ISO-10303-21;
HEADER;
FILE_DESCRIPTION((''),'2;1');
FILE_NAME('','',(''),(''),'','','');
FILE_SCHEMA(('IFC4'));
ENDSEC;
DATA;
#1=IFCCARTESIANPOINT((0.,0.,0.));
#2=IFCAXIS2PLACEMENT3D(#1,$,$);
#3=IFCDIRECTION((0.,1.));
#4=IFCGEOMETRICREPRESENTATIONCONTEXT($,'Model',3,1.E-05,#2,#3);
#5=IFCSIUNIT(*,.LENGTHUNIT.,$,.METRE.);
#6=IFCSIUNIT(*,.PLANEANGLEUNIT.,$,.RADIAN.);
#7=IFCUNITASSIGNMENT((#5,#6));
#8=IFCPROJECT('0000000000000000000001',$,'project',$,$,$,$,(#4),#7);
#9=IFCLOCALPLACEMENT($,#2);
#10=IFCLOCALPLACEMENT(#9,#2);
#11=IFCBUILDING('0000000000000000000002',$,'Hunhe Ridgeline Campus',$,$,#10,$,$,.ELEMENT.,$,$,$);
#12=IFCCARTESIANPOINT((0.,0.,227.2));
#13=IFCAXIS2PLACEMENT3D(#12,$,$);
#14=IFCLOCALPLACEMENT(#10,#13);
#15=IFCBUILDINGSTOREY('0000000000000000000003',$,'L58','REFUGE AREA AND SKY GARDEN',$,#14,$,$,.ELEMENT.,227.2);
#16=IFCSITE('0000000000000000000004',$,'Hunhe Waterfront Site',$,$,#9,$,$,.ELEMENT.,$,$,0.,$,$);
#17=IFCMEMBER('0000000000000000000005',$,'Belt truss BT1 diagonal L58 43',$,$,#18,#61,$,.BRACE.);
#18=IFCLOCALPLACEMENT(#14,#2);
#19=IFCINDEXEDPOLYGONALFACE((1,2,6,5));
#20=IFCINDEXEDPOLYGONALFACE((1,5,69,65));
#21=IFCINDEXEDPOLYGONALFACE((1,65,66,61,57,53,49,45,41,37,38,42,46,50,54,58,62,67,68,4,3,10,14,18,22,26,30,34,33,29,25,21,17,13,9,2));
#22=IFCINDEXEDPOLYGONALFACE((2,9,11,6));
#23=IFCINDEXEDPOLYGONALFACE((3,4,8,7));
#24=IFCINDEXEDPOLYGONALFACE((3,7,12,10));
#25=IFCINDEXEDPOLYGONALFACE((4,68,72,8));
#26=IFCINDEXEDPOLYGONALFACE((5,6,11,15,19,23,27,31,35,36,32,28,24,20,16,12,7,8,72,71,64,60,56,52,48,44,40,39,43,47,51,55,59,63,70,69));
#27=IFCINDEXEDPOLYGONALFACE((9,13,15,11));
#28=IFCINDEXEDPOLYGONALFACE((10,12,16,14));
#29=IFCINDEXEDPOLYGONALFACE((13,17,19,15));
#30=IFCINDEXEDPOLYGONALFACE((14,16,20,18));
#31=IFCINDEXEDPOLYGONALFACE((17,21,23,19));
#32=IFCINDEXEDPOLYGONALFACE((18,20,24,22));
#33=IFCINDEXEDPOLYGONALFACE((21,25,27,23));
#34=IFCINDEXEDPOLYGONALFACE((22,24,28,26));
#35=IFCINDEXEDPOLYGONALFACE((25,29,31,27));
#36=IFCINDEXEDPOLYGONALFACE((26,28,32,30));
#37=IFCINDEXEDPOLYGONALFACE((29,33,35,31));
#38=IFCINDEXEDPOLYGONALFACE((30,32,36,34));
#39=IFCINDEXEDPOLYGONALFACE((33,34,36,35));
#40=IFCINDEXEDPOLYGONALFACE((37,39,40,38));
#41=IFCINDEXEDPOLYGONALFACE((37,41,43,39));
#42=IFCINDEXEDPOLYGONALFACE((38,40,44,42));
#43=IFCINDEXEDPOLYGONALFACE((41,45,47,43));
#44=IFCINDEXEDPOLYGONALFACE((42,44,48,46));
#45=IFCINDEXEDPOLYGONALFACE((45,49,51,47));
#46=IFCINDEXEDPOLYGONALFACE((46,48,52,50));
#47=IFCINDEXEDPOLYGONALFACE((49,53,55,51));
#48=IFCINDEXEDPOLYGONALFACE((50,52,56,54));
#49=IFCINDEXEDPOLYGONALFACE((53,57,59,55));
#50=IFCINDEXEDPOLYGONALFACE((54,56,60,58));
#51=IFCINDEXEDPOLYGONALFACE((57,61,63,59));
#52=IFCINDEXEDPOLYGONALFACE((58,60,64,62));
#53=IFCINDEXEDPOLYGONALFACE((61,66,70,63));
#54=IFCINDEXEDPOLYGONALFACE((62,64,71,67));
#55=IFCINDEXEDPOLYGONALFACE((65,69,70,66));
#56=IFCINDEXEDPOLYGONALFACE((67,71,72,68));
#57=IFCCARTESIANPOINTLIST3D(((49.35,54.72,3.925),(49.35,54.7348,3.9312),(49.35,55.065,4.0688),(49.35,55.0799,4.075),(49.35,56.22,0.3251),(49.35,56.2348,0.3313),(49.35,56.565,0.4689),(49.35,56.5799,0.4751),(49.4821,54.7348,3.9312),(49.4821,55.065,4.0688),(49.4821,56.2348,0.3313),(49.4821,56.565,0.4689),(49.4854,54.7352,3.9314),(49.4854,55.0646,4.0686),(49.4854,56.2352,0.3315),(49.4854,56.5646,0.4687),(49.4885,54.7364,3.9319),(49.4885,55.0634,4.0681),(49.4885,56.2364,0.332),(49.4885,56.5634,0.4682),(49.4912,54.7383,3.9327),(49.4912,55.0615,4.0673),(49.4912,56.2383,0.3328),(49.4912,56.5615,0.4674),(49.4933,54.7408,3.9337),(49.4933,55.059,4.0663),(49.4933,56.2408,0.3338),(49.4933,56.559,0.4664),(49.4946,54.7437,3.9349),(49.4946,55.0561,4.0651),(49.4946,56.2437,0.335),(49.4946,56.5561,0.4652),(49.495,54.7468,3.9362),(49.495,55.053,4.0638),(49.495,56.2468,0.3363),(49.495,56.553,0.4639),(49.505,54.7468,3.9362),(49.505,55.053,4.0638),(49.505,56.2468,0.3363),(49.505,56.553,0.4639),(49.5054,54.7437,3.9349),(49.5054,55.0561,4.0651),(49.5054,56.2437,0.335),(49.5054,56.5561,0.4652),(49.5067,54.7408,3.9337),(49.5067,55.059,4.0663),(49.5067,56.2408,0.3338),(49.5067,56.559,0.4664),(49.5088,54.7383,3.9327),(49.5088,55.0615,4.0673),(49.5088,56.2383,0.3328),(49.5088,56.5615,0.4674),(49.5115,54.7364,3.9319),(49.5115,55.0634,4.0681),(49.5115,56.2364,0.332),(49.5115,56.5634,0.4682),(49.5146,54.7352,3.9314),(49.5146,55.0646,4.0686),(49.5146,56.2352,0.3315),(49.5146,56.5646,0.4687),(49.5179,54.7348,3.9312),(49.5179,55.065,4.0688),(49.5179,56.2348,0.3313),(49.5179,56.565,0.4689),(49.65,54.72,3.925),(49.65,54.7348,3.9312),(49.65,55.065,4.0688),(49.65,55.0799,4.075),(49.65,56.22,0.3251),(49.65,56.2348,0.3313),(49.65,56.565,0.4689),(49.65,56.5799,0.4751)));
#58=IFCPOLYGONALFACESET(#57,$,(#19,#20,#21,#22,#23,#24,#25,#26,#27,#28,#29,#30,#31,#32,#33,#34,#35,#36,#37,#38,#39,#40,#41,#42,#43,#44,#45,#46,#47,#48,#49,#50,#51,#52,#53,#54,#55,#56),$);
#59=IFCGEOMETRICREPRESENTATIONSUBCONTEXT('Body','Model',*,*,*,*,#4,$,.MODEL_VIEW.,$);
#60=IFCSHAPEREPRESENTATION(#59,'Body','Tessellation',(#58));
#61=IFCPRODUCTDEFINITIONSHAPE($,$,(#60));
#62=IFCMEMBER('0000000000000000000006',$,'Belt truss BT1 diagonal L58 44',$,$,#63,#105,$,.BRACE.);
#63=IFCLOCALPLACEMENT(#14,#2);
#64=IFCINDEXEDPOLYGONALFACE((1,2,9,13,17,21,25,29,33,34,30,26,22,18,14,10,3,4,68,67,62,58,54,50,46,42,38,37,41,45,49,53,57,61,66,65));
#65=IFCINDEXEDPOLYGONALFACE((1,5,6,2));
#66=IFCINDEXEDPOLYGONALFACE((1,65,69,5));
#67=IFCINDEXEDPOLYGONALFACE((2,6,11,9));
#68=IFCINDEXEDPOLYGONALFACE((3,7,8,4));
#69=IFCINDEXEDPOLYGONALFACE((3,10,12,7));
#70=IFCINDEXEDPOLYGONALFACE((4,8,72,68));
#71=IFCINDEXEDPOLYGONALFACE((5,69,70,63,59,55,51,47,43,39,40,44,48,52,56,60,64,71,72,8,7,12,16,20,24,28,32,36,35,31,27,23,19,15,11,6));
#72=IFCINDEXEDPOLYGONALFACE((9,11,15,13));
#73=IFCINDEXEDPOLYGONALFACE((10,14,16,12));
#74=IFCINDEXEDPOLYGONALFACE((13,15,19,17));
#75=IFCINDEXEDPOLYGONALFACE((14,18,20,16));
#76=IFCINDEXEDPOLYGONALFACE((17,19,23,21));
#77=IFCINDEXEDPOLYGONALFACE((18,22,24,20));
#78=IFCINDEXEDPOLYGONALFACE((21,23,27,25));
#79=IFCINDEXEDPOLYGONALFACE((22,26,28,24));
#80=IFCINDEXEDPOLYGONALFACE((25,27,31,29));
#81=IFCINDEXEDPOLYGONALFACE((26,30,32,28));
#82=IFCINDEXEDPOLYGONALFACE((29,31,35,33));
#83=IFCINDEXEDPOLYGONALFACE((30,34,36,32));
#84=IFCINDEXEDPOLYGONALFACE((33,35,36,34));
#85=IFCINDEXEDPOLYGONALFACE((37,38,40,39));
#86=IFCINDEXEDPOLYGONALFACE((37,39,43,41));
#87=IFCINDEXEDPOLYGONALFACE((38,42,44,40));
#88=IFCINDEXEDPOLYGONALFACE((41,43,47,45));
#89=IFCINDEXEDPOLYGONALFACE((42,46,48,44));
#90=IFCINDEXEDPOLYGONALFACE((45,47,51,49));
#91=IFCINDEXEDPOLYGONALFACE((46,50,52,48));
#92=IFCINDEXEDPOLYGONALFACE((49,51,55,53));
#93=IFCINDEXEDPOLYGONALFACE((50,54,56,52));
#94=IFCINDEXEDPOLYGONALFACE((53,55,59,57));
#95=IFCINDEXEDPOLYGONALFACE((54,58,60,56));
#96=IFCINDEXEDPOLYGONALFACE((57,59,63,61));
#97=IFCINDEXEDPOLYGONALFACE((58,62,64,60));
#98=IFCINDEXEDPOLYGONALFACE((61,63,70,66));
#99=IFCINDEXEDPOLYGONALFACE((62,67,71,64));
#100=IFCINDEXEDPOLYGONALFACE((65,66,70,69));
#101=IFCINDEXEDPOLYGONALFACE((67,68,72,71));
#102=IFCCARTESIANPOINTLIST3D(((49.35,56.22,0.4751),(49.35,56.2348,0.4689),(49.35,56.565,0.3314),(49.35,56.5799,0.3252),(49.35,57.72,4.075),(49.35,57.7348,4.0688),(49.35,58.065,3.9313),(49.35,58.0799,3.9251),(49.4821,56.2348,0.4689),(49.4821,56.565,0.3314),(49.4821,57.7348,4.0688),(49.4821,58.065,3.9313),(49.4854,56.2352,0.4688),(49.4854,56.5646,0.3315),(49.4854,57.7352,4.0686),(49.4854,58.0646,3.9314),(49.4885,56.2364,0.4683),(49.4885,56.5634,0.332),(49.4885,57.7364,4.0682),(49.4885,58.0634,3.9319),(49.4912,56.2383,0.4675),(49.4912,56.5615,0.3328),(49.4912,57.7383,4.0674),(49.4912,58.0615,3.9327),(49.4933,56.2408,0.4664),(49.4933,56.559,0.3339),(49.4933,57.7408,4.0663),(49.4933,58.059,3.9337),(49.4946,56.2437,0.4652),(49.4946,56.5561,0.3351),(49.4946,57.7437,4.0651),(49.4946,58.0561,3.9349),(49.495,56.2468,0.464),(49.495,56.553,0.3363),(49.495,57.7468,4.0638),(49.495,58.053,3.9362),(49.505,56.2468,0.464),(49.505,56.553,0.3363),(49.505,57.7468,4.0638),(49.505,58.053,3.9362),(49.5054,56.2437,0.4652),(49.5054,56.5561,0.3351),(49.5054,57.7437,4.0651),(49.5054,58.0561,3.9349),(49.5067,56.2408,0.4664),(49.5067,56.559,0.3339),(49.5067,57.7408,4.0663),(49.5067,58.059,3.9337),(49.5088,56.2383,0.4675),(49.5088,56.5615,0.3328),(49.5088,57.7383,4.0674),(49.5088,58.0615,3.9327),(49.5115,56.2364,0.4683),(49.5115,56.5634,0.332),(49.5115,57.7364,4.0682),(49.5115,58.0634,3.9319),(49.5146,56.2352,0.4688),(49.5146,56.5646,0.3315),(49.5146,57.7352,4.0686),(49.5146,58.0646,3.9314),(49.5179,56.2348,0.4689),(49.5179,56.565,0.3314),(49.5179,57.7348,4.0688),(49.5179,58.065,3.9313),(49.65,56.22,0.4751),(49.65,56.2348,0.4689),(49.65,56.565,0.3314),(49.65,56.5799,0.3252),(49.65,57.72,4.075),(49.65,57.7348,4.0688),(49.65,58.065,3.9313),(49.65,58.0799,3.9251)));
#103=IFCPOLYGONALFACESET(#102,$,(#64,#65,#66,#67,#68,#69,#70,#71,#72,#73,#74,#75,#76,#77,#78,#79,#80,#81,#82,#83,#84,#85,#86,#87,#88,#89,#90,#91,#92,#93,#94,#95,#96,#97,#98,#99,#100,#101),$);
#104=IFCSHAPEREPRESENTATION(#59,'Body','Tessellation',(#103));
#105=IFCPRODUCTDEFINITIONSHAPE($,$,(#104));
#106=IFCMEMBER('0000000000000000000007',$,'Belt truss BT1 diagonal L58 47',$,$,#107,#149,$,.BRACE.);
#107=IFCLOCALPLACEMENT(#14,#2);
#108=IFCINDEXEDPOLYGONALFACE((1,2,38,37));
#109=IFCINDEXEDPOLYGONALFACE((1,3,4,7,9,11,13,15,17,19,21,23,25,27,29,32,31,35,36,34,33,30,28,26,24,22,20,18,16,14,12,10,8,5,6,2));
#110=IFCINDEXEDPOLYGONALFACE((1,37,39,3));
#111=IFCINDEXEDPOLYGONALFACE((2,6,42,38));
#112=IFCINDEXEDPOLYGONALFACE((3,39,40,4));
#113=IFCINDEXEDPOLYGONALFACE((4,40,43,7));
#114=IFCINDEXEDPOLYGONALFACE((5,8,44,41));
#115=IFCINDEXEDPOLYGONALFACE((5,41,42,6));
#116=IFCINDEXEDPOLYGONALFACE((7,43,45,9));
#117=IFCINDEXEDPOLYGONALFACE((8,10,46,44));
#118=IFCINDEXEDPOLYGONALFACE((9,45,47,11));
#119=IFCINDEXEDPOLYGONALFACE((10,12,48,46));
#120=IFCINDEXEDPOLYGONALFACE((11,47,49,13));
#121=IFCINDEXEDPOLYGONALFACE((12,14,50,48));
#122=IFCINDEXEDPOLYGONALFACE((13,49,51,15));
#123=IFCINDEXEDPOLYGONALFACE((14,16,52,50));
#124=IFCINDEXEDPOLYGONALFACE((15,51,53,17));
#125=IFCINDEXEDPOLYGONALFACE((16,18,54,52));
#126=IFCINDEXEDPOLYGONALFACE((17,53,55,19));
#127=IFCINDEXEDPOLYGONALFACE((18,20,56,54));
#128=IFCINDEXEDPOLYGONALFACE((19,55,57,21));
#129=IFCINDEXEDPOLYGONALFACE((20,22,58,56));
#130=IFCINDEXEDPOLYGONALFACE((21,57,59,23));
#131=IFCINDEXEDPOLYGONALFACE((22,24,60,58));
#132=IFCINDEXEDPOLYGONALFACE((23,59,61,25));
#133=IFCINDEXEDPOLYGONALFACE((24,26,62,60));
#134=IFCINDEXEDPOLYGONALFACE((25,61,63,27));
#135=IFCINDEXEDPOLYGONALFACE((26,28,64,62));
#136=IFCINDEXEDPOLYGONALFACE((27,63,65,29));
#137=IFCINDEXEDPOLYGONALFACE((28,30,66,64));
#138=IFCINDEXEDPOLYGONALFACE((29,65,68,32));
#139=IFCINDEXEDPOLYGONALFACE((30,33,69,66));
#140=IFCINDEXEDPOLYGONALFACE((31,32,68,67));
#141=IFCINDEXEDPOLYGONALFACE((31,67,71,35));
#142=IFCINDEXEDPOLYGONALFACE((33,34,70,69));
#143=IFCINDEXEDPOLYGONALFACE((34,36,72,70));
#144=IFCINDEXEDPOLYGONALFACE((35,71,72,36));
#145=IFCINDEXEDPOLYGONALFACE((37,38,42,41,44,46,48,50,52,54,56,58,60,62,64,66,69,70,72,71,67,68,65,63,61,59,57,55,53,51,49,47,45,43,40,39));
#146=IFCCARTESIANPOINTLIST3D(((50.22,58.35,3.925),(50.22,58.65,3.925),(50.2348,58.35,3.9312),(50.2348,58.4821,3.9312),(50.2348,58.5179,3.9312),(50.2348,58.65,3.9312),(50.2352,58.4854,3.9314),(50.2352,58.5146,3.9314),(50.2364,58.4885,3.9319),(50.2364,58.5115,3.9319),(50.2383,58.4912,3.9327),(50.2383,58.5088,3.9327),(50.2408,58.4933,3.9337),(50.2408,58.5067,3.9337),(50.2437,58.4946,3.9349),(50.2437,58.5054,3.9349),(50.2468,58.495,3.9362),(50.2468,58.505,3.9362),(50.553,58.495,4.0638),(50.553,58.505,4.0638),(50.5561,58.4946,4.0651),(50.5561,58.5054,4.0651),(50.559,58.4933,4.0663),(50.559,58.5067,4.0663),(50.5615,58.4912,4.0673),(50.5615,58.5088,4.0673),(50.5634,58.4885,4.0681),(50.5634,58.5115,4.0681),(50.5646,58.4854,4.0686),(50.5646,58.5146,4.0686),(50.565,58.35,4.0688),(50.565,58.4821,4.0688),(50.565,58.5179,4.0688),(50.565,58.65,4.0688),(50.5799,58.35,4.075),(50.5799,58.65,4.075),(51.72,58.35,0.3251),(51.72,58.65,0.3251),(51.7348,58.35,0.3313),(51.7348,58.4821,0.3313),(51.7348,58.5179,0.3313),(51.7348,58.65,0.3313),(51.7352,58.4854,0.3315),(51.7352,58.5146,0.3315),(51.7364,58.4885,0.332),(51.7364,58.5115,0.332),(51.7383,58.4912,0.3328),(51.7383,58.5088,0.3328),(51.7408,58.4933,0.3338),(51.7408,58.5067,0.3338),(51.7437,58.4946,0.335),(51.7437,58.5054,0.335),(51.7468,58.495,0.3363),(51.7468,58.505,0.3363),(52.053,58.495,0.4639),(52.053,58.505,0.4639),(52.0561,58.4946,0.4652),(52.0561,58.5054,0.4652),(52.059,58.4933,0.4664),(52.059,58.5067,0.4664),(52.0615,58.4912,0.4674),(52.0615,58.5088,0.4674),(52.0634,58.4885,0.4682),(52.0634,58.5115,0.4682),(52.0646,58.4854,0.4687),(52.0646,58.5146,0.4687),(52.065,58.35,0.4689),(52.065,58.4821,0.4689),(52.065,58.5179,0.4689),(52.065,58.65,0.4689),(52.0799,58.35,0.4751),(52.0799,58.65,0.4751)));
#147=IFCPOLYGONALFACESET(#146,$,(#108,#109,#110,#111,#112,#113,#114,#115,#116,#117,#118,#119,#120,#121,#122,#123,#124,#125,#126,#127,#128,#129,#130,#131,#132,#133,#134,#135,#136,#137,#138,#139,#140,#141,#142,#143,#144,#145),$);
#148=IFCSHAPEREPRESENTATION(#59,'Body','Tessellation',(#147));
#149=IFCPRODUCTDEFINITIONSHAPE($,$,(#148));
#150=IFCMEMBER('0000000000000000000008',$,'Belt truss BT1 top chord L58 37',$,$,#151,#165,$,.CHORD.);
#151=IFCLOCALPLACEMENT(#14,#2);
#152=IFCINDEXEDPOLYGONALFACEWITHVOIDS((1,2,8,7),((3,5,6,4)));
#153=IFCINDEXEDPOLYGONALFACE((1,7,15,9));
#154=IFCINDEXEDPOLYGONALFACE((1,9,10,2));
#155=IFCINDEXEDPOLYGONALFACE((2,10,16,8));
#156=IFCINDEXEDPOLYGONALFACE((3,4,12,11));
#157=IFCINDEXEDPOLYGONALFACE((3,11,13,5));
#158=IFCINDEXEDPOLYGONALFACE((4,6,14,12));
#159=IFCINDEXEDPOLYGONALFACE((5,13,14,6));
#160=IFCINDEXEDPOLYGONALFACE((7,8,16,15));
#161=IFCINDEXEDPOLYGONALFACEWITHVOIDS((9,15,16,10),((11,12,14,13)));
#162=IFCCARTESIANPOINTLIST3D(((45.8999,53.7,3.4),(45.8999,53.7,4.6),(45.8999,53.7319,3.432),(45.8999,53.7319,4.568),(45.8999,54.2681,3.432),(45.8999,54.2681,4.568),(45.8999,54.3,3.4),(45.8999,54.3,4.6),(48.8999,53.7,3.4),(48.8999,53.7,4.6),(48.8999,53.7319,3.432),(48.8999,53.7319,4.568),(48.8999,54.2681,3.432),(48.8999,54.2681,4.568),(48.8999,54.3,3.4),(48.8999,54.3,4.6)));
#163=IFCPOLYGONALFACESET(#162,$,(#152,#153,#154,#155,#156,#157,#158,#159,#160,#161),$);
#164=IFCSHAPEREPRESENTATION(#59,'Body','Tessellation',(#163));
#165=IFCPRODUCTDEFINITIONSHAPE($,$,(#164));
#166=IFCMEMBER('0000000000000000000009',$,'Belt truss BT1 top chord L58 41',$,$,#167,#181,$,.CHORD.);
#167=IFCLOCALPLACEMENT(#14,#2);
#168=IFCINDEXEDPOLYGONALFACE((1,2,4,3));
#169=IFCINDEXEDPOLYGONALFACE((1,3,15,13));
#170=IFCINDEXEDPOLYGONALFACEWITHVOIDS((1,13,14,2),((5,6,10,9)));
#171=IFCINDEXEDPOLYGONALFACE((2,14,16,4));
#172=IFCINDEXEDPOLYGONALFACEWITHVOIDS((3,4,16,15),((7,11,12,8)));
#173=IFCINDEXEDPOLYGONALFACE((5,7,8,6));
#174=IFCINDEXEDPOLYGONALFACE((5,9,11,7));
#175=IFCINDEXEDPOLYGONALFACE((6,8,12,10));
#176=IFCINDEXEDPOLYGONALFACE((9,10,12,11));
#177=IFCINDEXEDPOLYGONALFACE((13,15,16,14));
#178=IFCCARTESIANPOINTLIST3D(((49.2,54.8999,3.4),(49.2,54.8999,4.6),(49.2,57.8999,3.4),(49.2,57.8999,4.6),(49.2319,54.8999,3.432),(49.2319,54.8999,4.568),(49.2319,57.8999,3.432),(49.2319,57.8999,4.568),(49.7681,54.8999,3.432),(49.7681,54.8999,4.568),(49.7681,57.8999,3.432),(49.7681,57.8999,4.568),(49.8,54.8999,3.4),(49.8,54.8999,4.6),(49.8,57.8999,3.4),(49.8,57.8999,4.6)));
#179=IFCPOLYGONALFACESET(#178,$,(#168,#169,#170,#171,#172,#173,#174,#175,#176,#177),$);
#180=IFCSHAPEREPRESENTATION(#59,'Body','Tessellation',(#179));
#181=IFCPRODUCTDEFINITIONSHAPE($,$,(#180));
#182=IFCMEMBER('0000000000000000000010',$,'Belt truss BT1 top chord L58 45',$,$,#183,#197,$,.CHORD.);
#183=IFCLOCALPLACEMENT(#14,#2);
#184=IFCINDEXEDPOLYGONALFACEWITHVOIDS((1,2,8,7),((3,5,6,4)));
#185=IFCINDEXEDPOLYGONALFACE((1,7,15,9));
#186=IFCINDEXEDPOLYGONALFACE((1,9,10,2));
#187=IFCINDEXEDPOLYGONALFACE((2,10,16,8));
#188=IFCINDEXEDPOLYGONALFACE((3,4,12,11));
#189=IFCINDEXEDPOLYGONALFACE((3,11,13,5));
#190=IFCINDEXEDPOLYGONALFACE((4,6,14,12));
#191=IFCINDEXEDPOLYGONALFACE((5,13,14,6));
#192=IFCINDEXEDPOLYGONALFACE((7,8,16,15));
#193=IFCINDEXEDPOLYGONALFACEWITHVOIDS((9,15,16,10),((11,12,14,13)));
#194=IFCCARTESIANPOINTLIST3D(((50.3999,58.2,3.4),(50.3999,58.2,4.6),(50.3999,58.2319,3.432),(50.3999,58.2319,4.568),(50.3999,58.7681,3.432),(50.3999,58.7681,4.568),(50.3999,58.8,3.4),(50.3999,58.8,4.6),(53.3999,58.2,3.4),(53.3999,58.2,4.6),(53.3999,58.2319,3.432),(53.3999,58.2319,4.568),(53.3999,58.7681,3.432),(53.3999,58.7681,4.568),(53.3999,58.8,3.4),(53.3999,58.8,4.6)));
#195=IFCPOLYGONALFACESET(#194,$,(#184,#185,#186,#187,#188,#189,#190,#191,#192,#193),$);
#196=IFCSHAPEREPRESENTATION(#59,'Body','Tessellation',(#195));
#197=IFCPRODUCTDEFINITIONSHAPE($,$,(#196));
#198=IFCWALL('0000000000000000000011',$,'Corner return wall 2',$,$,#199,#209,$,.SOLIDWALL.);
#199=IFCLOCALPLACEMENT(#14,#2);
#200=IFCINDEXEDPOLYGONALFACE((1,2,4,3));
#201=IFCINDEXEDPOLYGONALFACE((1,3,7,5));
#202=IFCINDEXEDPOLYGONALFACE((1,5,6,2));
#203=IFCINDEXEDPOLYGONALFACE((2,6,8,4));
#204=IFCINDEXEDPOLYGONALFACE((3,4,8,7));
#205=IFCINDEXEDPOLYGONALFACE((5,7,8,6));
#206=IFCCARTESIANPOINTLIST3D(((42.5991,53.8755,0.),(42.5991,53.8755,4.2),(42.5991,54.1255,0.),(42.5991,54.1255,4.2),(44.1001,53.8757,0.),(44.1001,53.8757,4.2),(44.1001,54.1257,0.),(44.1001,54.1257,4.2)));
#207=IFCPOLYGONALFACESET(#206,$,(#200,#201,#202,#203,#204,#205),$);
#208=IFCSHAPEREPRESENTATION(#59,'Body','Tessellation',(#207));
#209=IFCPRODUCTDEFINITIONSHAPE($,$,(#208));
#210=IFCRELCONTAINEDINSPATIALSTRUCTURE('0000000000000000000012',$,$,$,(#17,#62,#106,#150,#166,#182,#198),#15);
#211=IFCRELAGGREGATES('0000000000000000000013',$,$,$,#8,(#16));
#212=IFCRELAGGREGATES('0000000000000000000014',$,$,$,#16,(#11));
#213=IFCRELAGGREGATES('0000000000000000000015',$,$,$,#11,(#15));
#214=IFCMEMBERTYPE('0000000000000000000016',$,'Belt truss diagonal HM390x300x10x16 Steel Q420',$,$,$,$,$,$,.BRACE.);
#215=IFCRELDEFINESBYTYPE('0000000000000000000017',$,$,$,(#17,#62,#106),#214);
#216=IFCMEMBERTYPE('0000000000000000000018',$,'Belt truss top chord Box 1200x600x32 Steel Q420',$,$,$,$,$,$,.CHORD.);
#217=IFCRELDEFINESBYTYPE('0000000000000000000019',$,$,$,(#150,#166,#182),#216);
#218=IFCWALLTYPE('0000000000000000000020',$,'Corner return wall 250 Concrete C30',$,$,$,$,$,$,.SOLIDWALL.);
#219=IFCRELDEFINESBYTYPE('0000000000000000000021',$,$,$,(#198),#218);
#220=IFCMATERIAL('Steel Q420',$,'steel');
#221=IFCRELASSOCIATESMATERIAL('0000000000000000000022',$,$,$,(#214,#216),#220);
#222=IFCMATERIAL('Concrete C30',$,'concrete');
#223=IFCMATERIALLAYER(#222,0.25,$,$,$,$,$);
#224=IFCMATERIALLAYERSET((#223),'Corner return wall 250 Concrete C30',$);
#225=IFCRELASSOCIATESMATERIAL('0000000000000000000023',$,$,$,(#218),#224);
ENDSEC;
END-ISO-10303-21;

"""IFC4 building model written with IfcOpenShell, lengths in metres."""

from ifc_helpers import new_model, si_unit, direction, frame, frame_2d, origin, origin_2d, place, context, subcontext, project, spatial, rectangle, hollow_rectangle, i_section, extrude, material, layer, layer_set, material_profile, profile_set, type_object, element, save


model = new_model("IFC4")

# Units and contexts
model_context = context("Model", 3, precision=1e-05, world=origin(), true_north=direction((0.0, 1.0)))
body_context = subcontext(model_context, "Body", "Model", "MODEL_VIEW")
ifc_project = project(units=[si_unit("LENGTHUNIT", "METRE"), si_unit("PLANEANGLEUNIT", "RADIAN")], contexts=[model_context])

# Site, building, storey
site_placement = place(None, origin())
site = spatial("IfcSite", under=ifc_project, at=site_placement, Name="Hunhe Waterfront Site", CompositionType="ELEMENT", RefElevation=0.0)
building_placement = place(site_placement, origin())
building = spatial("IfcBuilding", under=site, at=building_placement, Name="Hunhe Ridgeline Campus", CompositionType="ELEMENT")
storey_placement = place(building_placement, frame((0.0, 0.0, 227.2)))
storey = spatial("IfcBuildingStorey", under=building, at=storey_placement, Name="L58", Description="REFUGE AREA AND SKY GARDEN", CompositionType="ELEMENT", Elevation=227.2)

# Members
ifc_material_1 = material(Name="Steel Q420", Category="steel")
ifc_material_profile_1 = material_profile(ifc_material_1, i_section(OverallWidth=0.3, OverallDepth=0.3899, WebThickness=0.01, FlangeThickness=0.0161, FilletRadius=0.0129, at=origin_2d()))
ifc_profile_set_1 = profile_set([ifc_material_profile_1], Name="Steel Q420")
member_type_1 = type_object("IfcMemberType", Name="Belt truss diagonal HM390x300x10x16 Steel Q420", PredefinedType="BRACE", material=ifc_profile_set_1)
for number, where, z_axis, x_axis, name in (
    (1, (49.5, 54.8999, 4.0), (0.0, 0.384629, -0.923071), (-1.0, 0.0, 0.0), "Belt truss BT1 diagonal L58 43"),
    (2, (49.5, 56.3999, 0.4001), (0.0, 0.384629, 0.923071), (-1.0, 0.0, 0.0), "Belt truss BT1 diagonal L58 44"),
    (3, (50.3999, 58.5, 4.0), (0.384629, 0.0, -0.923071), (0.0, 1.0, 0.0), "Belt truss BT1 diagonal L58 47"),
):
    element("IfcMember", number, at=place(storey_placement, frame(where, z_axis=z_axis, x_axis=x_axis)), inside=storey, type_object=member_type_1, Name=name, PredefinedType="BRACE", context=body_context, shape_type="SweptSolid", body=[
        extrude(i_section(OverallWidth=0.3, OverallDepth=0.3899, WebThickness=0.01, FlangeThickness=0.0161, FilletRadius=0.0129, at=origin_2d()), origin(), (0.0, 0.0, 1.0), 3.8999),
    ])
ifc_material_profile_2 = material_profile(ifc_material_1, hollow_rectangle(XDim=0.6001, YDim=1.2, WallThickness=0.032, at=origin_2d()))
ifc_profile_set_2 = profile_set([ifc_material_profile_2], Name="Steel Q420")
member_type_2 = type_object("IfcMemberType", Name="Belt truss top chord Box 1200x600x32 Steel Q420", PredefinedType="CHORD", material=ifc_profile_set_2)
for number, where, z_axis, x_axis, name in (
    (4, (45.8999, 54.0, 4.0), (1.0, 0.0, 0.0), (0.0, 1.0, 0.0), "Belt truss BT1 top chord L58 37"),
    (5, (49.5, 54.8999, 4.0), (0.0, 1.0, 0.0), (-1.0, 0.0, 0.0), "Belt truss BT1 top chord L58 41"),
    (6, (50.3999, 58.5, 4.0), (1.0, 0.0, 0.0), (0.0, 1.0, 0.0), "Belt truss BT1 top chord L58 45"),
):
    element("IfcMember", number, at=place(storey_placement, frame(where, z_axis=z_axis, x_axis=x_axis)), inside=storey, type_object=member_type_2, Name=name, PredefinedType="CHORD", context=body_context, shape_type="SweptSolid", body=[
        extrude(hollow_rectangle(XDim=0.6001, YDim=1.2, WallThickness=0.032, at=origin_2d()), origin(), (0.0, 0.0, 1.0), 3.0),
    ])

# Wall
ifc_material_2 = material(Name="Concrete C30", Category="concrete")
ifc_layer_1 = layer(ifc_material_2, 0.25)
ifc_layer_set_1 = layer_set([ifc_layer_1], Name="Corner return wall 250 Concrete C30")
wall_type = type_object("IfcWallType", Name="Corner return wall 250 Concrete C30", PredefinedType="SOLIDWALL", material=ifc_layer_set_1)
wall_1_placement = place(storey_placement, frame((42.5991, 54.0005, 0.0), z_axis=(0.0, 0.0, 1.0), x_axis=(1.0, 0.000163, 0.0)))
element("IfcWall", 7, at=wall_1_placement, inside=storey, type_object=wall_type, Name="Corner return wall 2", PredefinedType="SOLIDWALL", context=body_context, shape_type="SweptSolid", body=[
    extrude(rectangle(XDim=1.501, YDim=0.25, at=frame_2d((0.7505, 0.0))), origin(), (0.0, 0.0, 1.0), 4.2),
])

save(model, "model.ifc")
